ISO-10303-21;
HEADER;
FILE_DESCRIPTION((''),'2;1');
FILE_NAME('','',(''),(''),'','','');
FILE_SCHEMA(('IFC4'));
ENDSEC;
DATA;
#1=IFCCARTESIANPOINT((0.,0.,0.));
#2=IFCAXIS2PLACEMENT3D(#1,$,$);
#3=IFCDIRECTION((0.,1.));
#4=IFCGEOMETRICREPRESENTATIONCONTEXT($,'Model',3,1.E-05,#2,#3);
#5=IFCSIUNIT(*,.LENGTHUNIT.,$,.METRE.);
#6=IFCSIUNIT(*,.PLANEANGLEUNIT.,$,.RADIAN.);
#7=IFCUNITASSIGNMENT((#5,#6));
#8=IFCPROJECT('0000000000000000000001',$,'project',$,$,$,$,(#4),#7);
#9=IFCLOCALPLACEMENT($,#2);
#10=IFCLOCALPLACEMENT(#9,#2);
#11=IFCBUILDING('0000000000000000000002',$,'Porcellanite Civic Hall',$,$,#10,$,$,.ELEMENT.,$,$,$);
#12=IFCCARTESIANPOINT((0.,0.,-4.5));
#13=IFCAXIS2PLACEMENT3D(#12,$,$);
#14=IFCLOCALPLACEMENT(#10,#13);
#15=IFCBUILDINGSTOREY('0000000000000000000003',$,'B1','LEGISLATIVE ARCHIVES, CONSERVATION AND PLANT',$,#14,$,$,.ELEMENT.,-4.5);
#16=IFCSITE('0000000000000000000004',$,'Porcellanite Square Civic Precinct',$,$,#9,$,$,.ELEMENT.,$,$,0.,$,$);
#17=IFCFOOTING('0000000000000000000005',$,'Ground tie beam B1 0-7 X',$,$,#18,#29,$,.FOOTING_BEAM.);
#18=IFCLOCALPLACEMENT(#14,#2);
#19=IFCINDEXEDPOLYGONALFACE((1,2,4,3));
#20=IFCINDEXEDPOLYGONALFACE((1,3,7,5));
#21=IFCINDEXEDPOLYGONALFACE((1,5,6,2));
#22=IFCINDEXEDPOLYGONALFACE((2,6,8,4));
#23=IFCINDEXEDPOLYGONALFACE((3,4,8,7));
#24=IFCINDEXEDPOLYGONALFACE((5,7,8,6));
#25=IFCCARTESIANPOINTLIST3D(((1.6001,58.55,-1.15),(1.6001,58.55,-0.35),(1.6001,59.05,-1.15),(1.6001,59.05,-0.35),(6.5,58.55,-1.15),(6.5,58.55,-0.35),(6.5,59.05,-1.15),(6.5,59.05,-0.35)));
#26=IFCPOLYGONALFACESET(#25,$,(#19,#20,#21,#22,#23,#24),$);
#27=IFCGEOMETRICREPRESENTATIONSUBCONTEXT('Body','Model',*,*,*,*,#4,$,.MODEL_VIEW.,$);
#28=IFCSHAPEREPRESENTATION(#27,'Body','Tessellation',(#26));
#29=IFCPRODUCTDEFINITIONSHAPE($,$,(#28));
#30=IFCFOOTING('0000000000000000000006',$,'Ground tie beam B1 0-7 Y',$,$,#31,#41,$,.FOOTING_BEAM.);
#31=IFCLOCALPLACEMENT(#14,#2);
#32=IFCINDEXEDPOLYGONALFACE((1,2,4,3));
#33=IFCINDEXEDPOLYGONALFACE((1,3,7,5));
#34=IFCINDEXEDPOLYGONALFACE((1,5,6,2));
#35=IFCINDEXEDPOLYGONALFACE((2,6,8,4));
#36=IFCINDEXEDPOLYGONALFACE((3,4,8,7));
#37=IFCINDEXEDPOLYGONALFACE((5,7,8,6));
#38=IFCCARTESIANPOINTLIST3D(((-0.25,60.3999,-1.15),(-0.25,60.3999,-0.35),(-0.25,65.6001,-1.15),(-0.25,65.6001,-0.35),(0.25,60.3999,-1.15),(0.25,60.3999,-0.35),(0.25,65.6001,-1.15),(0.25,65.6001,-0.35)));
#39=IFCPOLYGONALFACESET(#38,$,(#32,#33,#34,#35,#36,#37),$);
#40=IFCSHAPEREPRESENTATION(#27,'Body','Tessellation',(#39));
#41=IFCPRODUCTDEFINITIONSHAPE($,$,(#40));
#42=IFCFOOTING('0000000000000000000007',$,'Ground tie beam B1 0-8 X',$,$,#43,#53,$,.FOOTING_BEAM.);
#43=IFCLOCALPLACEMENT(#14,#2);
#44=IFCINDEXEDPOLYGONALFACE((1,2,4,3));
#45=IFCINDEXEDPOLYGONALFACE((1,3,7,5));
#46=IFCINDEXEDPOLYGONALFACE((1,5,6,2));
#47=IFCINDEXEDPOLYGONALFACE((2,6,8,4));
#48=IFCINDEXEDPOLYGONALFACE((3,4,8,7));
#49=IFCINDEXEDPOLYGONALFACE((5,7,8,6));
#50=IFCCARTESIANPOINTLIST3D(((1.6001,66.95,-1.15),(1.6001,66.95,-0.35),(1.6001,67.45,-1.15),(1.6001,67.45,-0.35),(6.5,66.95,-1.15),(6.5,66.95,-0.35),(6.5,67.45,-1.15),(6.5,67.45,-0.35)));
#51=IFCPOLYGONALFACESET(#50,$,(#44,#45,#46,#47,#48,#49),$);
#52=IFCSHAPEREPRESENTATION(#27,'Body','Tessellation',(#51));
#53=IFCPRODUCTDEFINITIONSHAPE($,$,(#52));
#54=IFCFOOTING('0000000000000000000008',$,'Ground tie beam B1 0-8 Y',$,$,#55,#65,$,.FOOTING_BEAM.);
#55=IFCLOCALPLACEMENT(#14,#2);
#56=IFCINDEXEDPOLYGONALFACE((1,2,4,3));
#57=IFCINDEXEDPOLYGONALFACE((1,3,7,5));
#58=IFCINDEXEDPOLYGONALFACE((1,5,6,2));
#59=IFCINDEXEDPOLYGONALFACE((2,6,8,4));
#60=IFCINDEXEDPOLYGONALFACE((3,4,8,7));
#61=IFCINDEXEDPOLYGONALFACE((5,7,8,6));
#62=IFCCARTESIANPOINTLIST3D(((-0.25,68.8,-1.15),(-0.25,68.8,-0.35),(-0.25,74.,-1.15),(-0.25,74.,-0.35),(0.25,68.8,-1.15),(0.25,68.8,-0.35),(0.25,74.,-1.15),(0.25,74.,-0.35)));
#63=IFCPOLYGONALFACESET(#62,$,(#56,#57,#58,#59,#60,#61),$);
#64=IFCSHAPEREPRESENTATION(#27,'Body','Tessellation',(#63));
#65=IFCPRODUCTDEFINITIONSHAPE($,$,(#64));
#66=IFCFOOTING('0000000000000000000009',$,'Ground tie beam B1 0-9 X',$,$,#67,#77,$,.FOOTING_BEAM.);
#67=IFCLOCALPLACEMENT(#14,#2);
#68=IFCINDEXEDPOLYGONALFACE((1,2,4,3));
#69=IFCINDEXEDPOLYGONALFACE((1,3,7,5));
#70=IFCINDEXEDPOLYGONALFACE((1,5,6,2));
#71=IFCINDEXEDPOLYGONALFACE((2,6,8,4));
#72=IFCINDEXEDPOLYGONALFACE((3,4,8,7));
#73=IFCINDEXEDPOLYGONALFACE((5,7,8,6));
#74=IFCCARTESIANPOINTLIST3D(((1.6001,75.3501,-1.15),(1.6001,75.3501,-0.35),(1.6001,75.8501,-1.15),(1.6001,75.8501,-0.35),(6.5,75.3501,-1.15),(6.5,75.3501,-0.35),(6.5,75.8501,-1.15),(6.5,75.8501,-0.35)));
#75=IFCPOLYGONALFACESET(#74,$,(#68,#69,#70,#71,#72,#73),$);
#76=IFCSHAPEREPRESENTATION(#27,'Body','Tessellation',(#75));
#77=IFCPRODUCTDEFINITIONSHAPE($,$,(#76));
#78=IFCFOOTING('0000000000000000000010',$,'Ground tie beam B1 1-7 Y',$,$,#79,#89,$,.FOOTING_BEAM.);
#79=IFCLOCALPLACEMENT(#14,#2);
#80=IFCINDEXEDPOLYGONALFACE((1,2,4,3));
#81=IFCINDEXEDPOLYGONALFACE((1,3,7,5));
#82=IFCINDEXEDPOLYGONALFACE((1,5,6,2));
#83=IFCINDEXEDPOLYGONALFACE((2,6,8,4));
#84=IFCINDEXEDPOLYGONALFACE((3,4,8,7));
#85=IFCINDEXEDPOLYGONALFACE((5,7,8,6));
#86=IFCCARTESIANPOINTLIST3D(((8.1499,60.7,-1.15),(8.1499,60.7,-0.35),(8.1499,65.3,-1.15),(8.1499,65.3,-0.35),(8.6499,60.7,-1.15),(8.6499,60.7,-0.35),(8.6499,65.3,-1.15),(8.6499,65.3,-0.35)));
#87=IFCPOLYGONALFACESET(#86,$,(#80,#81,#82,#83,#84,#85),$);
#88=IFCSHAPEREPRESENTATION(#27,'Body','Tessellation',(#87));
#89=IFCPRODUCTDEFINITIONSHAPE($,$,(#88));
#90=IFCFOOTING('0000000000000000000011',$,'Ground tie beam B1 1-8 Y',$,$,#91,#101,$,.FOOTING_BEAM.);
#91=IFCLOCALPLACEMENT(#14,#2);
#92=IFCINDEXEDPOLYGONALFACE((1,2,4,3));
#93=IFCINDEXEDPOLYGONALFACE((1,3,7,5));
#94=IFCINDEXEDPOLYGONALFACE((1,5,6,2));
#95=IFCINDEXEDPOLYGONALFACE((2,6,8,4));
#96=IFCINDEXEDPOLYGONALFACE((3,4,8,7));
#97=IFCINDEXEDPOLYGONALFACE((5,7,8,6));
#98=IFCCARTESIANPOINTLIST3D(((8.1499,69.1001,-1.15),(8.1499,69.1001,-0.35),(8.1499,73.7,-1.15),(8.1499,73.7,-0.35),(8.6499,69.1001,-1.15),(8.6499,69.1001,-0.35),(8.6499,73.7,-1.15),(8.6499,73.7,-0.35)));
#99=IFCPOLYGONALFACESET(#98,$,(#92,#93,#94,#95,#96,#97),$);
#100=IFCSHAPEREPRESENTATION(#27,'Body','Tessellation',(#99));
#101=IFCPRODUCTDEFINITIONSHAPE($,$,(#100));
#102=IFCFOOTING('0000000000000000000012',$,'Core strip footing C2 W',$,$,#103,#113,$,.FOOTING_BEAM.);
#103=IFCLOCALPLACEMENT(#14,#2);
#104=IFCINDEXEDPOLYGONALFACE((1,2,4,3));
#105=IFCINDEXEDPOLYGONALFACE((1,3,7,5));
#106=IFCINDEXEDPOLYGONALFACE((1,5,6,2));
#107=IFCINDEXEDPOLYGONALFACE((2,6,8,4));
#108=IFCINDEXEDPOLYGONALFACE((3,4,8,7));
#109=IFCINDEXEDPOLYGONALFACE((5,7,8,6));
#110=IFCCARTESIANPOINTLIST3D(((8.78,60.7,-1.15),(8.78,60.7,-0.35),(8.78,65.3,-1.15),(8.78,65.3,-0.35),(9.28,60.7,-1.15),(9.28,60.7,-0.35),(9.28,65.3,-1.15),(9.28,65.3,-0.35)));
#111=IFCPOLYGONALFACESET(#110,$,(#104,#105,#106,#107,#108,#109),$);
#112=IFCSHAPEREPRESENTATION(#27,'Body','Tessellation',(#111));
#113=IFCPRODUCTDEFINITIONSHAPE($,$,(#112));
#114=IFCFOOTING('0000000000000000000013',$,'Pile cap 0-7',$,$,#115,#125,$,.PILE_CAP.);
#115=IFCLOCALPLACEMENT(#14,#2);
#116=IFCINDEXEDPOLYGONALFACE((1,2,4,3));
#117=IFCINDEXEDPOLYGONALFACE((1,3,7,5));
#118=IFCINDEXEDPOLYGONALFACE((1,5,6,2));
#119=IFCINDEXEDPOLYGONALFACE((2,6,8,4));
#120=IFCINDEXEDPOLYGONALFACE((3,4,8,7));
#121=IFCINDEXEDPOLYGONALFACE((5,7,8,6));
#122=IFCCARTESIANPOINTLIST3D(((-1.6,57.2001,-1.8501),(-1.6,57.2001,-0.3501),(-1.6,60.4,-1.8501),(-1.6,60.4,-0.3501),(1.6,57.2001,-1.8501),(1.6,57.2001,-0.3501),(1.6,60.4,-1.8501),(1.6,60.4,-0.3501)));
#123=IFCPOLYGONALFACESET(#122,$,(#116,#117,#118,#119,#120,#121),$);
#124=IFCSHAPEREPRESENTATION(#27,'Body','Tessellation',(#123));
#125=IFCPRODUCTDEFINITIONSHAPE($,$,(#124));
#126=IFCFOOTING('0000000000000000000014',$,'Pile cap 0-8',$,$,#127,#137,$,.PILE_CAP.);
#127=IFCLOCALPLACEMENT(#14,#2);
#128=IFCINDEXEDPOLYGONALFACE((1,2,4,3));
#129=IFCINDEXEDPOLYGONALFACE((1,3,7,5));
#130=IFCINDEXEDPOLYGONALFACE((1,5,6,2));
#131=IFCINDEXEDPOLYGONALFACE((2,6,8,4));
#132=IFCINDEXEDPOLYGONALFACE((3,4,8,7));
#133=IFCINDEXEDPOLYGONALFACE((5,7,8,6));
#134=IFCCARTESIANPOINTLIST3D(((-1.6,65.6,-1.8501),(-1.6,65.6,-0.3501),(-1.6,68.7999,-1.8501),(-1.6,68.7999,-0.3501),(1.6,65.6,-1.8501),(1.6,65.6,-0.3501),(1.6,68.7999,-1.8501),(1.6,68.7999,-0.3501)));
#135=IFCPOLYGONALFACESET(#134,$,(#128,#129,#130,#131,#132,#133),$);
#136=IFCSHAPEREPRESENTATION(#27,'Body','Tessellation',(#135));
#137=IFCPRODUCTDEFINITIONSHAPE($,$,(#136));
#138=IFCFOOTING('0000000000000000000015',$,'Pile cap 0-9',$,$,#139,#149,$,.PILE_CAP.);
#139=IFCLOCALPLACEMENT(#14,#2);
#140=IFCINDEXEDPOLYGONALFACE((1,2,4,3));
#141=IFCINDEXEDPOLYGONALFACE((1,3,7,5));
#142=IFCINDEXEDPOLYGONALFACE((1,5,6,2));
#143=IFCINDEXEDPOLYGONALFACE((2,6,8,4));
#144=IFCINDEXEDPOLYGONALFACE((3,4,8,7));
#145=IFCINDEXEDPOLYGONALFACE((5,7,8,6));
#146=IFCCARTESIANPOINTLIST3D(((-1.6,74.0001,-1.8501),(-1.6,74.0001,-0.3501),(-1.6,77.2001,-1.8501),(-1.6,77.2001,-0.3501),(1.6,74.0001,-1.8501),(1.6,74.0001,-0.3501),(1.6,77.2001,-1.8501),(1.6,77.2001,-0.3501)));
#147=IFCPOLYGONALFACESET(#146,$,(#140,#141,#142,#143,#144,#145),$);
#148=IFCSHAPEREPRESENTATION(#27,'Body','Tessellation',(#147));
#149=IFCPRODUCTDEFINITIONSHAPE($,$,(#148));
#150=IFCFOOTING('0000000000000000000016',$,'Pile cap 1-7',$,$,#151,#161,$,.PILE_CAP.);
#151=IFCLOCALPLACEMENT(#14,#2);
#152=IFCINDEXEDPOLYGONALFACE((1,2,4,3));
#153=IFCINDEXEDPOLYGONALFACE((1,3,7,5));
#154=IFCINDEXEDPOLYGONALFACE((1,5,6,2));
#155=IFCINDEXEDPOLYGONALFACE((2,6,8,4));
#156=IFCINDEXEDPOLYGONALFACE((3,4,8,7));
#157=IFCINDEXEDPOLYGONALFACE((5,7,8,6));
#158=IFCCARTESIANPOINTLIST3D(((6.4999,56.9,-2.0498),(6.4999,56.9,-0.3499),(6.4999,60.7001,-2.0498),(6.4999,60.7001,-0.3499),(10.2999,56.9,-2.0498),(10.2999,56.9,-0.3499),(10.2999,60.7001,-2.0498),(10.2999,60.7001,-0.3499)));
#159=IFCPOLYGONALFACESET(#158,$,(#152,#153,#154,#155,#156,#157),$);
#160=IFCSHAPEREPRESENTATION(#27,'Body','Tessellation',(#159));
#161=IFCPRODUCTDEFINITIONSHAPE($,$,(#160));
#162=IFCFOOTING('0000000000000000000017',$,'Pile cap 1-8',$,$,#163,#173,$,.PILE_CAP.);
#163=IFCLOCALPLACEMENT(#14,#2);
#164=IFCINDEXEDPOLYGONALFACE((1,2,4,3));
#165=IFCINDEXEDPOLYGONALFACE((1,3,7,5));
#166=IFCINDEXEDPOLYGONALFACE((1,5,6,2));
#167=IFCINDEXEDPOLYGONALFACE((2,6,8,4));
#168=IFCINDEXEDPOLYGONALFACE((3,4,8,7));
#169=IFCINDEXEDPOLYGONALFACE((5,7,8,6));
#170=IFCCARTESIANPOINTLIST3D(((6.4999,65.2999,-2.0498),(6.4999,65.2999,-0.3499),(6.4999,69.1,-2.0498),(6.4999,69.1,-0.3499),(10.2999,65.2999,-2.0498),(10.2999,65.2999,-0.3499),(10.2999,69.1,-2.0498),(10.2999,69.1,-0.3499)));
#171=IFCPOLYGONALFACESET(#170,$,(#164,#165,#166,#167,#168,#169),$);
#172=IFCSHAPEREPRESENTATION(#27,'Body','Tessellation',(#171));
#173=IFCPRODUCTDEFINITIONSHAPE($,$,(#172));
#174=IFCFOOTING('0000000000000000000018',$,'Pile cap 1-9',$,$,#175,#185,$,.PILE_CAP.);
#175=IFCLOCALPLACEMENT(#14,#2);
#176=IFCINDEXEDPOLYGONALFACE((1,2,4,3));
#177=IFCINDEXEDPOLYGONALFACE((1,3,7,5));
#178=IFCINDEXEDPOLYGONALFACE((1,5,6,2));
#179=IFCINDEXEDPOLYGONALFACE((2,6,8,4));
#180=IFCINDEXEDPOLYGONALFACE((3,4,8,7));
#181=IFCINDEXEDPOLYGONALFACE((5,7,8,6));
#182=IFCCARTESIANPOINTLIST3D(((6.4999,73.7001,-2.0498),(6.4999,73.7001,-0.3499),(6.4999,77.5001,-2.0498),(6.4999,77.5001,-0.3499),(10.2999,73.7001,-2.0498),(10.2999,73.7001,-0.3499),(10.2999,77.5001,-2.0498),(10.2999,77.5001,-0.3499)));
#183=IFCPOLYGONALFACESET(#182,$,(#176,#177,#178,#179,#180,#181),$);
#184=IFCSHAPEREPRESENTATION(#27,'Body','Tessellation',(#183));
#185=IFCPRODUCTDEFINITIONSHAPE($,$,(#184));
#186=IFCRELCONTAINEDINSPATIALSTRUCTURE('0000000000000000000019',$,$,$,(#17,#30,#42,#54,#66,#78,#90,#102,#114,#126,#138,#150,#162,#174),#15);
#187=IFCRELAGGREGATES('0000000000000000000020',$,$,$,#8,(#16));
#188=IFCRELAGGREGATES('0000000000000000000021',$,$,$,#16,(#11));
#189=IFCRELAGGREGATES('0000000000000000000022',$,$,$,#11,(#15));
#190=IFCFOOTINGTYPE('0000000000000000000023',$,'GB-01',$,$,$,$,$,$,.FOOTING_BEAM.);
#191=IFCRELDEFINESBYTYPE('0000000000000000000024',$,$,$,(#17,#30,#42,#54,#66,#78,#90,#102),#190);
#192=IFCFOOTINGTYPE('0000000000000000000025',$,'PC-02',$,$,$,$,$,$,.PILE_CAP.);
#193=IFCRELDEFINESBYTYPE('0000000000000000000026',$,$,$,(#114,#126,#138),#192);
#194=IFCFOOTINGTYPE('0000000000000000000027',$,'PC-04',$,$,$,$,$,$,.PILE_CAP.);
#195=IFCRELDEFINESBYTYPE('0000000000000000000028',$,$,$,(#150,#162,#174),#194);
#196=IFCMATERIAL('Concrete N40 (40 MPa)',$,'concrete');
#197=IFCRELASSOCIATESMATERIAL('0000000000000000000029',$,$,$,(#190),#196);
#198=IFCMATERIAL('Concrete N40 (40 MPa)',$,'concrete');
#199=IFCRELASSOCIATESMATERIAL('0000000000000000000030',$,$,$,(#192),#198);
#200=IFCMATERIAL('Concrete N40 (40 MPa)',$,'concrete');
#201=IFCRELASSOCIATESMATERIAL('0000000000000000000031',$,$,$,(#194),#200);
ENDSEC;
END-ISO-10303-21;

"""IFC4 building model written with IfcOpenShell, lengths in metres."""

from ifc_helpers import new_model, si_unit, direction, frame, origin, origin_2d, place, context, subcontext, project, spatial, rectangle, extrude, material, material_profile, profile_set, type_object, element, save


model = new_model("IFC4")

# Units and contexts
model_context = context("Model", 3, precision=1e-05, world=origin(), true_north=direction((0.0, 1.0)))
body_context = subcontext(model_context, "Body", "Model", "MODEL_VIEW")
ifc_project = project(units=[si_unit("LENGTHUNIT", "METRE"), si_unit("PLANEANGLEUNIT", "RADIAN")], contexts=[model_context])

# Site, building, storey
site_placement = place(None, origin())
site = spatial("IfcSite", under=ifc_project, at=site_placement, Name="Porcellanite Square Civic Precinct", CompositionType="ELEMENT", RefElevation=0.0)
building_placement = place(site_placement, origin())
building = spatial("IfcBuilding", under=site, at=building_placement, Name="Porcellanite Civic Hall", CompositionType="ELEMENT")
storey_placement = place(building_placement, frame((0.0, 0.0, -4.5)))
storey = spatial("IfcBuildingStorey", under=building, at=storey_placement, Name="B1", Description="LEGISLATIVE ARCHIVES, CONSERVATION AND PLANT", CompositionType="ELEMENT", Elevation=-4.5)

# Footings
ifc_material_1 = material(Name="Concrete N40 (40 MPa)", Category="concrete")
ifc_material_profile_1 = material_profile(ifc_material_1, rectangle(XDim=0.5, YDim=0.8, at=origin_2d()), Name="RC-500x800")
ifc_profile_set_1 = profile_set([ifc_material_profile_1], Name="Concrete N40 (40 MPa)")
footing_type_1 = type_object("IfcFootingType", Name="GB-01", PredefinedType="FOOTING_BEAM", material=ifc_profile_set_1)
footing_1_placement = place(storey_placement, frame((1.6001, 58.8, -0.75), z_axis=(1.0, 0.0, 0.0), x_axis=(0.0, 1.0, 0.0)))
element("IfcFooting", 1, at=footing_1_placement, inside=storey, type_object=footing_type_1, Name="Ground tie beam B1 0-7 X", PredefinedType="FOOTING_BEAM", context=body_context, shape_type="SweptSolid", body=[
    extrude(rectangle(XDim=0.5, YDim=0.8, at=origin_2d()), origin(), (0.0, 0.0, 1.0), 4.8999),
])
footing_2_placement = place(storey_placement, frame((0.0, 60.3999, -0.75), z_axis=(0.0, 1.0, 0.0), x_axis=(-1.0, 0.0, 0.0)))
element("IfcFooting", 2, at=footing_2_placement, inside=storey, type_object=footing_type_1, Name="Ground tie beam B1 0-7 Y", PredefinedType="FOOTING_BEAM", context=body_context, shape_type="SweptSolid", body=[
    extrude(rectangle(XDim=0.5, YDim=0.8, at=origin_2d()), origin(), (0.0, 0.0, 1.0), 5.2002),
])
footing_3_placement = place(storey_placement, frame((1.6001, 67.2, -0.75), z_axis=(1.0, 0.0, 0.0), x_axis=(0.0, 1.0, 0.0)))
element("IfcFooting", 3, at=footing_3_placement, inside=storey, type_object=footing_type_1, Name="Ground tie beam B1 0-8 X", PredefinedType="FOOTING_BEAM", context=body_context, shape_type="SweptSolid", body=[
    extrude(rectangle(XDim=0.5, YDim=0.8, at=origin_2d()), origin(), (0.0, 0.0, 1.0), 4.8999),
])
footing_4_placement = place(storey_placement, frame((0.0, 68.8, -0.75), z_axis=(0.0, 1.0, 0.0), x_axis=(-1.0, 0.0, 0.0)))
element("IfcFooting", 4, at=footing_4_placement, inside=storey, type_object=footing_type_1, Name="Ground tie beam B1 0-8 Y", PredefinedType="FOOTING_BEAM", context=body_context, shape_type="SweptSolid", body=[
    extrude(rectangle(XDim=0.5, YDim=0.8, at=origin_2d()), origin(), (0.0, 0.0, 1.0), 5.2),
])
footing_5_placement = place(storey_placement, frame((1.6001, 75.6001, -0.75), z_axis=(1.0, 0.0, 0.0), x_axis=(0.0, 1.0, 0.0)))
element("IfcFooting", 5, at=footing_5_placement, inside=storey, type_object=footing_type_1, Name="Ground tie beam B1 0-9 X", PredefinedType="FOOTING_BEAM", context=body_context, shape_type="SweptSolid", body=[
    extrude(rectangle(XDim=0.5, YDim=0.8, at=origin_2d()), origin(), (0.0, 0.0, 1.0), 4.8999),
])
footing_6_placement = place(storey_placement, frame((8.3999, 60.7, -0.75), z_axis=(0.0, 1.0, 0.0), x_axis=(-1.0, 0.0, 0.0)))
element("IfcFooting", 6, at=footing_6_placement, inside=storey, type_object=footing_type_1, Name="Ground tie beam B1 1-7 Y", PredefinedType="FOOTING_BEAM", context=body_context, shape_type="SweptSolid", body=[
    extrude(rectangle(XDim=0.5, YDim=0.8, at=origin_2d()), origin(), (0.0, 0.0, 1.0), 4.6001),
])
footing_7_placement = place(storey_placement, frame((8.3999, 69.1001, -0.75), z_axis=(0.0, 1.0, 0.0), x_axis=(-1.0, 0.0, 0.0)))
element("IfcFooting", 7, at=footing_7_placement, inside=storey, type_object=footing_type_1, Name="Ground tie beam B1 1-8 Y", PredefinedType="FOOTING_BEAM", context=body_context, shape_type="SweptSolid", body=[
    extrude(rectangle(XDim=0.5, YDim=0.8, at=origin_2d()), origin(), (0.0, 0.0, 1.0), 4.5999),
])
footing_8_placement = place(storey_placement, frame((9.03, 60.7, -0.75), z_axis=(0.0, 1.0, 0.0), x_axis=(-1.0, 0.0, 0.0)))
element("IfcFooting", 8, at=footing_8_placement, inside=storey, type_object=footing_type_1, Name="Core strip footing C2 W", PredefinedType="FOOTING_BEAM", context=body_context, shape_type="SweptSolid", body=[
    extrude(rectangle(XDim=0.5, YDim=0.8, at=origin_2d()), origin(), (0.0, 0.0, 1.0), 4.6001),
])
ifc_material_2 = material(Name="Concrete N40 (40 MPa)", Category="concrete")
footing_type_2 = type_object("IfcFootingType", Name="PC-02", PredefinedType="PILE_CAP", material=ifc_material_2)
for number, where, z_axis, x_axis, name in (
    (9, (0.0, 58.8, -1.8501), (0.0, 0.0, 1.0), (1.0, 0.0, 0.0), "Pile cap 0-7"),
    (10, (0.0, 67.2, -1.8501), (0.0, 0.0, 1.0), (1.0, 0.0, 0.0), "Pile cap 0-8"),
    (11, (0.0, 75.6001, -1.8501), (0.0, 0.0, 1.0), (1.0, 0.0, 0.0), "Pile cap 0-9"),
):
    element("IfcFooting", number, at=place(storey_placement, frame(where, z_axis=z_axis, x_axis=x_axis)), inside=storey, type_object=footing_type_2, Name=name, PredefinedType="PILE_CAP", context=body_context, shape_type="SweptSolid", body=[
        extrude(rectangle(XDim=3.2, YDim=3.2, at=origin_2d()), origin(), (0.0, 0.0, 1.0), 1.5),
    ])
ifc_material_3 = material(Name="Concrete N40 (40 MPa)", Category="concrete")
footing_type_3 = type_object("IfcFootingType", Name="PC-04", PredefinedType="PILE_CAP", material=ifc_material_3)
for number, where, z_axis, x_axis, name in (
    (12, (8.3999, 58.8, -2.0498), (0.0, 0.0, 1.0), (1.0, 0.0, 0.0), "Pile cap 1-7"),
    (13, (8.3999, 67.2, -2.0498), (0.0, 0.0, 1.0), (1.0, 0.0, 0.0), "Pile cap 1-8"),
    (14, (8.3999, 75.6001, -2.0498), (0.0, 0.0, 1.0), (1.0, 0.0, 0.0), "Pile cap 1-9"),
):
    element("IfcFooting", number, at=place(storey_placement, frame(where, z_axis=z_axis, x_axis=x_axis)), inside=storey, type_object=footing_type_3, Name=name, PredefinedType="PILE_CAP", context=body_context, shape_type="SweptSolid", body=[
        extrude(rectangle(XDim=3.8, YDim=3.8, at=origin_2d()), origin(), (0.0, 0.0, 1.0), 1.7),
    ])

save(model, "model.ifc")
